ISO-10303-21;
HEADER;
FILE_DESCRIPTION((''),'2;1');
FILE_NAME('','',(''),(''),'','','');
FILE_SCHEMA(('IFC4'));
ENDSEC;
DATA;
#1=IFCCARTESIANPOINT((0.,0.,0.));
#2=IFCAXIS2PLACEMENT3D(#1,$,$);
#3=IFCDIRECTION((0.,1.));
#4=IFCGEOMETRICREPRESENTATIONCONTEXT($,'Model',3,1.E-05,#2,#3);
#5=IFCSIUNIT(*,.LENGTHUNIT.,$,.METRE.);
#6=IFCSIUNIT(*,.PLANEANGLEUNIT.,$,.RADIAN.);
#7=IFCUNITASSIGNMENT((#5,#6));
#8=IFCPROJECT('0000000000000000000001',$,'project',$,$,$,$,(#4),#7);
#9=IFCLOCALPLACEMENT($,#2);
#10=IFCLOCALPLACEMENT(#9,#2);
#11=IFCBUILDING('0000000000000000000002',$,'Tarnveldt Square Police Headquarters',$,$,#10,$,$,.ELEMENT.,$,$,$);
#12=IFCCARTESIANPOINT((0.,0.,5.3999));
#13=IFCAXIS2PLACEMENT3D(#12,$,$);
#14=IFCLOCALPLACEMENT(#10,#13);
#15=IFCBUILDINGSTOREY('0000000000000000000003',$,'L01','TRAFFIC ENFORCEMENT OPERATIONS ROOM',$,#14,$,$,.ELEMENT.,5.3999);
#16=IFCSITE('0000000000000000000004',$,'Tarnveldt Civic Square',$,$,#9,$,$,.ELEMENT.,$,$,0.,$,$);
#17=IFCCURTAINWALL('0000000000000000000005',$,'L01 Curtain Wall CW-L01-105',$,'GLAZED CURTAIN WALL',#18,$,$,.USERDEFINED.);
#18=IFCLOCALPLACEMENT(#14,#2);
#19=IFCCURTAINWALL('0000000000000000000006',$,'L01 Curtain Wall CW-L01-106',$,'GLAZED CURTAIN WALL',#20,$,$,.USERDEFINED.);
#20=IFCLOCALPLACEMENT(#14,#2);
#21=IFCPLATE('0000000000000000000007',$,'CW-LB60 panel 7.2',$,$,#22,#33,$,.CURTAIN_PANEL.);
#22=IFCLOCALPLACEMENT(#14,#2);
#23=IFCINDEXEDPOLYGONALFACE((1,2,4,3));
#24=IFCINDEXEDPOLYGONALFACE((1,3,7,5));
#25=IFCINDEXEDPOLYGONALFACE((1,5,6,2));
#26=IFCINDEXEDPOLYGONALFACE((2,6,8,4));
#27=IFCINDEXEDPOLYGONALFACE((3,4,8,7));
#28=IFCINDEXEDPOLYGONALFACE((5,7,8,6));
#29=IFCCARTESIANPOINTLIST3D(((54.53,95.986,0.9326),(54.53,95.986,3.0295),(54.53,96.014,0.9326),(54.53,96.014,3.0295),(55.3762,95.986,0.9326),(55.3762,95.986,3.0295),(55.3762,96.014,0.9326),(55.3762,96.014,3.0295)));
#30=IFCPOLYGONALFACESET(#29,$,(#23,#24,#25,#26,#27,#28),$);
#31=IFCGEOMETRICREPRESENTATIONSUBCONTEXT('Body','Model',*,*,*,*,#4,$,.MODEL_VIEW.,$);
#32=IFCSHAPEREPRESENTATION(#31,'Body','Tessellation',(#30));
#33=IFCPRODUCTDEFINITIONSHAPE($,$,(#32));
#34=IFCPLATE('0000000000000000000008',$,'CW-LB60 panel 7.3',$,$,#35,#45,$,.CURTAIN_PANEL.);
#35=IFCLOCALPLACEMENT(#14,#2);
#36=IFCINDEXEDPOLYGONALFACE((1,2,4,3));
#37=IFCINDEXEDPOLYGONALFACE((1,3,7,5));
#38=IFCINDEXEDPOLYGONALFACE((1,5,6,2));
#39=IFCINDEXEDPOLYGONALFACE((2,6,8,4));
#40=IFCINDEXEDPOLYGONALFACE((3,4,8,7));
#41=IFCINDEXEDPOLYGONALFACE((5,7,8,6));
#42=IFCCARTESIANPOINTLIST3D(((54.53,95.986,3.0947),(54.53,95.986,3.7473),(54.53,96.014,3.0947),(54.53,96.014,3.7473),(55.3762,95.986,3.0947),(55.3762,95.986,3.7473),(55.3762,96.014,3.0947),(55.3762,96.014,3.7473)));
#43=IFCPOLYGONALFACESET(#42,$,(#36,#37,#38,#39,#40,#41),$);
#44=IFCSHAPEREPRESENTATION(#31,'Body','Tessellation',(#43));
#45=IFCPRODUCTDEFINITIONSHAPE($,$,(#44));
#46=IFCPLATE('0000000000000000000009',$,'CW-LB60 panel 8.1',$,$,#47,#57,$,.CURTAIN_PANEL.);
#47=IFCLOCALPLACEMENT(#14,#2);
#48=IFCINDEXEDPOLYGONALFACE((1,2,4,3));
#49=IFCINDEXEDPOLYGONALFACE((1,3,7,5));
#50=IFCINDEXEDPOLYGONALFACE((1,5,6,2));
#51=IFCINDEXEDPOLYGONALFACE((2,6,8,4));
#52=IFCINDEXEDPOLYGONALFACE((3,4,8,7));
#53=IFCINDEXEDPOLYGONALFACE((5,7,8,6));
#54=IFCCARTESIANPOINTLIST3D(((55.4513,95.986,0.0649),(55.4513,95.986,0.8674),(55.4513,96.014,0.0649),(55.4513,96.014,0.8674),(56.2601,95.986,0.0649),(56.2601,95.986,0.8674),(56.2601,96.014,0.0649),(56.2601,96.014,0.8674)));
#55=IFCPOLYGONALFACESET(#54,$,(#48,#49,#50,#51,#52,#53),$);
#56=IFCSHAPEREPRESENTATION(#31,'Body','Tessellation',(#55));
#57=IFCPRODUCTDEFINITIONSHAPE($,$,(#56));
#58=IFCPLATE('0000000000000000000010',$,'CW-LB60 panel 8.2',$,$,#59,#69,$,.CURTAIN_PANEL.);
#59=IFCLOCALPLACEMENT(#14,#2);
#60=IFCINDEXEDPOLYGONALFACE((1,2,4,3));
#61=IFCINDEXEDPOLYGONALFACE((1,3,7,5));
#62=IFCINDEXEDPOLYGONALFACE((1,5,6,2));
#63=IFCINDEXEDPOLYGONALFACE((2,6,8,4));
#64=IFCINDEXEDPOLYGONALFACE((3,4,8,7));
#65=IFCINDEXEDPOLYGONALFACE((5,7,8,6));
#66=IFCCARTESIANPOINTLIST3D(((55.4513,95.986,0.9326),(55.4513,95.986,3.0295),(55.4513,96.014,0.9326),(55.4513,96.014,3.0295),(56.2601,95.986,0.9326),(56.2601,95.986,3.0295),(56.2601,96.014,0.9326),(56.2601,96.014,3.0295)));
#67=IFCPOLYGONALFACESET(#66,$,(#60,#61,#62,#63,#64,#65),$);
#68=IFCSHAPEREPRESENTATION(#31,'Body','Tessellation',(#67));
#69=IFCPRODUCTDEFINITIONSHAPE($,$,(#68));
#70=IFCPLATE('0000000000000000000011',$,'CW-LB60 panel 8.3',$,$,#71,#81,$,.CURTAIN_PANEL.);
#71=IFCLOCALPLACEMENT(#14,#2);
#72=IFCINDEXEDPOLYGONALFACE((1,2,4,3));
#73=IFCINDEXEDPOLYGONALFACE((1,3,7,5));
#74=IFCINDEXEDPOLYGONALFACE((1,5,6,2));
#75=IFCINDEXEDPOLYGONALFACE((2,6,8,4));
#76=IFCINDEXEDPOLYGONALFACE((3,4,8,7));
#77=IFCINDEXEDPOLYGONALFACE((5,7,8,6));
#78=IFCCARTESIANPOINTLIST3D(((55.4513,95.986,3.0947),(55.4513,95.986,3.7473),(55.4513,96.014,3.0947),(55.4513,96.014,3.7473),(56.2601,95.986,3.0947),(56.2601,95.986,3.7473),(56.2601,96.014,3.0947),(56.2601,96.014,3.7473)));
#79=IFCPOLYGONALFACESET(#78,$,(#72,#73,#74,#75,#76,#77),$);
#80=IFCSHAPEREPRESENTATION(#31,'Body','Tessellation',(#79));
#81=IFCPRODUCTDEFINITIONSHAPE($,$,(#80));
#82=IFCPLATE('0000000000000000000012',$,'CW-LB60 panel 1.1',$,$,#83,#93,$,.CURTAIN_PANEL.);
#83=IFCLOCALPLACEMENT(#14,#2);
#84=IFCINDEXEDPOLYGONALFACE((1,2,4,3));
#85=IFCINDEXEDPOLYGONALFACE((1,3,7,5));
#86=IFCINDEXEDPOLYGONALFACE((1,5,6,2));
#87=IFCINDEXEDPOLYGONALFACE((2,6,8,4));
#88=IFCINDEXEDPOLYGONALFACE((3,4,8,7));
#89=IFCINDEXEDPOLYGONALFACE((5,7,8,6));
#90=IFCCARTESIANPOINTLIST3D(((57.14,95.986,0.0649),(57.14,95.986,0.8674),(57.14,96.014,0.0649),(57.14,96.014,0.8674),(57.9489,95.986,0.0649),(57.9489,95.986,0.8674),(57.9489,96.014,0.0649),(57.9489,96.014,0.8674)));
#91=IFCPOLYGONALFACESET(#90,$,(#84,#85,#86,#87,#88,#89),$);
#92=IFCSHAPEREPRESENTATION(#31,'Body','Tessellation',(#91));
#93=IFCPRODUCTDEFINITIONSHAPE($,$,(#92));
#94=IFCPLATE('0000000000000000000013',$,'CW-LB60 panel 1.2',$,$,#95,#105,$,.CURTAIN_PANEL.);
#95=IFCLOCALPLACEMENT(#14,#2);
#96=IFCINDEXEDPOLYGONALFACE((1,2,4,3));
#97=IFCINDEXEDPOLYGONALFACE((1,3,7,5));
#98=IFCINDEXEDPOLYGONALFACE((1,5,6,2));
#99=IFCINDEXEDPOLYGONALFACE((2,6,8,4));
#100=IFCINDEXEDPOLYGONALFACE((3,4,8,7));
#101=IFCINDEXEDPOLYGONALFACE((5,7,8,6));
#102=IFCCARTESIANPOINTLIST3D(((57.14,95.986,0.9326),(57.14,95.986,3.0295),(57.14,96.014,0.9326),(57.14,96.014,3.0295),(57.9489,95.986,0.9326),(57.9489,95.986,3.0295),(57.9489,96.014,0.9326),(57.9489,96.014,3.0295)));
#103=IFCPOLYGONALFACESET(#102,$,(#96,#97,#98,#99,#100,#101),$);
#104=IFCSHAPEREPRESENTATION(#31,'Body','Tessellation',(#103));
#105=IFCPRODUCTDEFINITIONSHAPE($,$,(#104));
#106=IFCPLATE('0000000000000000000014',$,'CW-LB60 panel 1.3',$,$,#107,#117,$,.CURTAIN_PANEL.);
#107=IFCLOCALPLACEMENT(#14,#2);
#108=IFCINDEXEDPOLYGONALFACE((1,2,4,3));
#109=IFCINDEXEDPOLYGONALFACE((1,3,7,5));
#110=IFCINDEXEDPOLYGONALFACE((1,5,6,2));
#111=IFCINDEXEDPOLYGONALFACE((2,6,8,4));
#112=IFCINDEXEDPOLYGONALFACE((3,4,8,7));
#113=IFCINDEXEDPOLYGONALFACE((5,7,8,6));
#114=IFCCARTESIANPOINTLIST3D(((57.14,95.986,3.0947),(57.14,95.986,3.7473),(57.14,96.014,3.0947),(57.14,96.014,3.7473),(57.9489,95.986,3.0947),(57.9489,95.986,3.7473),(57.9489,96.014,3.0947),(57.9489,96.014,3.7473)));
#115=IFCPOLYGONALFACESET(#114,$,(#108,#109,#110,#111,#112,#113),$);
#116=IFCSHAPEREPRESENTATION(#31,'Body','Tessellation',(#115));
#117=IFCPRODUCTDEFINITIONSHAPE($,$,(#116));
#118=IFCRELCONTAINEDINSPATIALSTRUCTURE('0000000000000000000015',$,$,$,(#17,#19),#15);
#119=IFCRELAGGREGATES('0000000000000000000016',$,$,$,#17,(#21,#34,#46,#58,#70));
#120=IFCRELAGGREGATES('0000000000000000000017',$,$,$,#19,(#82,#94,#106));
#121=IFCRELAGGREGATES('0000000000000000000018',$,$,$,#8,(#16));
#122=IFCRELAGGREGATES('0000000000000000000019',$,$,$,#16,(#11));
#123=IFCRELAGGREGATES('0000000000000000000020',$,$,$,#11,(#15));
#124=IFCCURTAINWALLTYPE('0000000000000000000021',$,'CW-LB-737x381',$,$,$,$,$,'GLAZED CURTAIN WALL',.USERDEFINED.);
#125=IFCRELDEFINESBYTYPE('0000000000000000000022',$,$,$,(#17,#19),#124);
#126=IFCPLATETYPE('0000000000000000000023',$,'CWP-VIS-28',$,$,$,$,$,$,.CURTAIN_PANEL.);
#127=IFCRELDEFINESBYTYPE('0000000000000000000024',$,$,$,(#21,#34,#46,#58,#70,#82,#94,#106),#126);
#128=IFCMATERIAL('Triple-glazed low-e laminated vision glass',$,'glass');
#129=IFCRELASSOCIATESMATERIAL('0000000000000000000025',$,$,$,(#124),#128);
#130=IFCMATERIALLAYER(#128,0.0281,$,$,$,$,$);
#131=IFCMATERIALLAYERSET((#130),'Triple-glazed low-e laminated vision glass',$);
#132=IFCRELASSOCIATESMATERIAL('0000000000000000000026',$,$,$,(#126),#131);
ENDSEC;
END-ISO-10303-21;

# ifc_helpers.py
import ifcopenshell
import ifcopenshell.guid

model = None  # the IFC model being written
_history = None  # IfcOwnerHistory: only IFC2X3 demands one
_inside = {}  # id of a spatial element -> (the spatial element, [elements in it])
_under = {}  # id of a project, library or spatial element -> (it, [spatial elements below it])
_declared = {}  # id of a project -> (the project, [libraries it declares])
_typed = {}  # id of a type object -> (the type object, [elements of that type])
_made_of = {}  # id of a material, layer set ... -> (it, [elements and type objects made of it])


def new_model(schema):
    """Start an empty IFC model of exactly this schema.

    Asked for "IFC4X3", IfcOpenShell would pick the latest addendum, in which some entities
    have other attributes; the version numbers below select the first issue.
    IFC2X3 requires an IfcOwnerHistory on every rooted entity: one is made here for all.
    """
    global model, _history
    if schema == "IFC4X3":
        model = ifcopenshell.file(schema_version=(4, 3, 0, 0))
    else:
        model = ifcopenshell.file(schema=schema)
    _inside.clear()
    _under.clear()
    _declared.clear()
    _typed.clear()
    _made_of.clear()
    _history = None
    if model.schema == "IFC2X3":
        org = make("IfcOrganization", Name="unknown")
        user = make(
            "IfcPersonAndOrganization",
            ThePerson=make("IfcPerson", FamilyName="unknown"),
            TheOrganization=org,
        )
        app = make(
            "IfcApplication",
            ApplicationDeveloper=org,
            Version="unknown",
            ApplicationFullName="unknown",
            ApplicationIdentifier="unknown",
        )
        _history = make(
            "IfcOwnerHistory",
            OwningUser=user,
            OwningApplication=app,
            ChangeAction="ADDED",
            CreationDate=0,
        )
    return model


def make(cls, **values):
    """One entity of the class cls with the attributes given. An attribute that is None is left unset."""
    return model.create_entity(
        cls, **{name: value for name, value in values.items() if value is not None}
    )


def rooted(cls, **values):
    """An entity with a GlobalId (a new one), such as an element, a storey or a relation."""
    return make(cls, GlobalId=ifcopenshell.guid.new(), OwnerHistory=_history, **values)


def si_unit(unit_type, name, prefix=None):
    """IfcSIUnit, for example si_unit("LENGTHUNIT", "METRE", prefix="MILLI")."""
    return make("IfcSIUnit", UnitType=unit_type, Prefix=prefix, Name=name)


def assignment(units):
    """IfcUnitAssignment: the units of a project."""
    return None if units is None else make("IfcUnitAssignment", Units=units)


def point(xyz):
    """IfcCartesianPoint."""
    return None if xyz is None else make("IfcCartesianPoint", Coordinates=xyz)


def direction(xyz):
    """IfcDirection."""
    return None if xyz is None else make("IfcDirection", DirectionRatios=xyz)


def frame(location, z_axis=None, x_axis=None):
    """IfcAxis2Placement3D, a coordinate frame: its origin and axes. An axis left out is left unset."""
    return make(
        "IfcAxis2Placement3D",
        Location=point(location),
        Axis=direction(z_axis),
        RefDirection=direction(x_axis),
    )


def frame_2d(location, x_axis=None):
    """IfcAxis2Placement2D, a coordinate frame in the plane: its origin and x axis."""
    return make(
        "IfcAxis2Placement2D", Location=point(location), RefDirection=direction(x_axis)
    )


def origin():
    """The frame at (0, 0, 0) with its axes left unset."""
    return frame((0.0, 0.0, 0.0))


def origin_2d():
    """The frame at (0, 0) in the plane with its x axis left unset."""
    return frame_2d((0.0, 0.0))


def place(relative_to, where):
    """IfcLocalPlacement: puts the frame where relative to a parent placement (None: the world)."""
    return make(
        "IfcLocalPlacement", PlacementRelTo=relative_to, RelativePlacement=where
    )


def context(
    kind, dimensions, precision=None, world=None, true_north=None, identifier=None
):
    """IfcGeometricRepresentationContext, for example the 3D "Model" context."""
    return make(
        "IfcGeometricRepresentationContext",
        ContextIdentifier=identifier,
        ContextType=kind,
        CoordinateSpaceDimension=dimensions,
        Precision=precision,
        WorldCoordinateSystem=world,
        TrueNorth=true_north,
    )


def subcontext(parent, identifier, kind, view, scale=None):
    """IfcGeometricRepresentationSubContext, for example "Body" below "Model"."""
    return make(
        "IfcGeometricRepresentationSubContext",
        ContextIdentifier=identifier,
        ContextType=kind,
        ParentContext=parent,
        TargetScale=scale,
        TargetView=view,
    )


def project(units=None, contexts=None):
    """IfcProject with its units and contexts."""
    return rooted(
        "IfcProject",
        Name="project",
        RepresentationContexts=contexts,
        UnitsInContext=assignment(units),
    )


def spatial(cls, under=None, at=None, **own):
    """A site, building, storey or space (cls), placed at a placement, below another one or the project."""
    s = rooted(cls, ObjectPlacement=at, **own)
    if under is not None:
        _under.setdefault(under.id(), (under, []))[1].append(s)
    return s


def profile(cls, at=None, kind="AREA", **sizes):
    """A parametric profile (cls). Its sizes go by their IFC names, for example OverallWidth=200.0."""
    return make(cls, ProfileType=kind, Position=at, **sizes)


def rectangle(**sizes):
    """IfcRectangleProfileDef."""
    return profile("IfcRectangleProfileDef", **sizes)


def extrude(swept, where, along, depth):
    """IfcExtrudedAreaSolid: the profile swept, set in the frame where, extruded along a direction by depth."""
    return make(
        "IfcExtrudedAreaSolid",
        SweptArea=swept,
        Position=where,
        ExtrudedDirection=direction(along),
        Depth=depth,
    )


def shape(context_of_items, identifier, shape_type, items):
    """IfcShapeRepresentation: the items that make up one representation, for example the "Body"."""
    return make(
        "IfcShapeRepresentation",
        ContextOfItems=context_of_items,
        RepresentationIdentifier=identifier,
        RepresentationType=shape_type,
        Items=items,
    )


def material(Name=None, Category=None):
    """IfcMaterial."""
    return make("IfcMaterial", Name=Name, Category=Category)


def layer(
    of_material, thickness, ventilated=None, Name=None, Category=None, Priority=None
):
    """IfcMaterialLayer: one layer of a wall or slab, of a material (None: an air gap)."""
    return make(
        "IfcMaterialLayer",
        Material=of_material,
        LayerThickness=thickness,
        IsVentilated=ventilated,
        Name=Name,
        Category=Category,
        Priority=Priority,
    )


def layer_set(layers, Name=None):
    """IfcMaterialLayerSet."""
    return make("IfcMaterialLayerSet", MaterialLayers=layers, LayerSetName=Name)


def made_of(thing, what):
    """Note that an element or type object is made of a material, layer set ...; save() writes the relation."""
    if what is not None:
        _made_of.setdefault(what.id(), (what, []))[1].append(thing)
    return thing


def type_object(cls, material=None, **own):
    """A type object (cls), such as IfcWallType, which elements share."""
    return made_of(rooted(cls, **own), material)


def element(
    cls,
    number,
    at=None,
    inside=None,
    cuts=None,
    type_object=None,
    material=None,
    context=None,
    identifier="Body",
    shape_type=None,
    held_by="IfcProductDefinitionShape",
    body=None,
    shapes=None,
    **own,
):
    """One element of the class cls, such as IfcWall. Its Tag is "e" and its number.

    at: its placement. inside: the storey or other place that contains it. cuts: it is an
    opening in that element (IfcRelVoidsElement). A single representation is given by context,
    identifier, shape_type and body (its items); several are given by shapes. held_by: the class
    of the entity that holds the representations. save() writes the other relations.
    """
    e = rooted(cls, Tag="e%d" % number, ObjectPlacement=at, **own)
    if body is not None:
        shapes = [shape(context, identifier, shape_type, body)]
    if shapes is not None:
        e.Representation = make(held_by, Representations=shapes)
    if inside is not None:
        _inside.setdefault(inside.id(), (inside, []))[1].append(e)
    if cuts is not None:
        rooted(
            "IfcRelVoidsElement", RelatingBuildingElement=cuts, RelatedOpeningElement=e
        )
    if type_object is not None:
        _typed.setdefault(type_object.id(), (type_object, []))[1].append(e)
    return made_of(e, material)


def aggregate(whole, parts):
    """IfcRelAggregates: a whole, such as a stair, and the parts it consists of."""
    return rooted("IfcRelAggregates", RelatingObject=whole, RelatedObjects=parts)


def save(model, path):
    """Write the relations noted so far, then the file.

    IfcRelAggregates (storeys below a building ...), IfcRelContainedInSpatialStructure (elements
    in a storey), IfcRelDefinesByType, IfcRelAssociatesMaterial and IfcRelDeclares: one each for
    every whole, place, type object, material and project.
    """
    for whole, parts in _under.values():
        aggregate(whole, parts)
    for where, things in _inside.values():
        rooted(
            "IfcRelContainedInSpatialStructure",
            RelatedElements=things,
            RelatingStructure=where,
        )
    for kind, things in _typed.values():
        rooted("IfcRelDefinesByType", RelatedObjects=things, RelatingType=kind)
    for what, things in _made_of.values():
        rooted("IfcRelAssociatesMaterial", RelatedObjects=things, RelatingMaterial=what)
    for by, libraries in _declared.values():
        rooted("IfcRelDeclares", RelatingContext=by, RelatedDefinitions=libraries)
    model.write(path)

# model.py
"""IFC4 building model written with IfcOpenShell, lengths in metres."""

from ifc_helpers import new_model, si_unit, direction, frame, origin, origin_2d, place, context, subcontext, project, spatial, rectangle, extrude, material, layer, layer_set, type_object, element, aggregate, save


model = new_model("IFC4")

# Units and contexts
model_context = context("Model", 3, precision=1e-05, world=origin(), true_north=direction((0.0, 1.0)))
body_context = subcontext(model_context, "Body", "Model", "MODEL_VIEW")
ifc_project = project(units=[si_unit("LENGTHUNIT", "METRE"), si_unit("PLANEANGLEUNIT", "RADIAN")], contexts=[model_context])

# Site, building, storey
site_placement = place(None, origin())
site = spatial("IfcSite", under=ifc_project, at=site_placement, Name="Tarnveldt Civic Square", CompositionType="ELEMENT", RefElevation=0.0)
building_placement = place(site_placement, origin())
building = spatial("IfcBuilding", under=site, at=building_placement, Name="Tarnveldt Square Police Headquarters", CompositionType="ELEMENT")
storey_placement = place(building_placement, frame((0.0, 0.0, 5.3999)))
storey = spatial("IfcBuildingStorey", under=building, at=storey_placement, Name="L01", Description="TRAFFIC ENFORCEMENT OPERATIONS ROOM", CompositionType="ELEMENT", Elevation=5.3999)

# Curtain wall
ifc_material_1 = material(Name="Triple-glazed low-e laminated vision glass", Category="glass")
curtain_wall_type = type_object("IfcCurtainWallType", Name="CW-LB-737x381", ElementType="GLAZED CURTAIN WALL", PredefinedType="USERDEFINED", material=ifc_material_1)
curtain_wall_1_placement = place(storey_placement, origin())
curtain_wall_1 = element("IfcCurtainWall", 1, at=curtain_wall_1_placement, inside=storey, type_object=curtain_wall_type, Name="L01 Curtain Wall CW-L01-105", ObjectType="GLAZED CURTAIN WALL", PredefinedType="USERDEFINED")

# Curtain wall
curtain_wall_2_placement = place(storey_placement, origin())
curtain_wall_2 = element("IfcCurtainWall", 2, at=curtain_wall_2_placement, inside=storey, type_object=curtain_wall_type, Name="L01 Curtain Wall CW-L01-106", ObjectType="GLAZED CURTAIN WALL", PredefinedType="USERDEFINED")

# Plates
ifc_layer = layer(ifc_material_1, 0.0281)
ifc_layer_set = layer_set([ifc_layer], Name="Triple-glazed low-e laminated vision glass")
plate_type = type_object("IfcPlateType", Name="CWP-VIS-28", PredefinedType="CURTAIN_PANEL", material=ifc_layer_set)
plate_1_placement = place(storey_placement, frame((54.9531, 96.0, 0.9326), z_axis=(0.0, 0.0, 1.0), x_axis=(1.0, 0.0, 0.0)))
plate_1 = element("IfcPlate", 3, at=plate_1_placement, type_object=plate_type, Name="CW-LB60 panel 7.2", PredefinedType="CURTAIN_PANEL", context=body_context, shape_type="SweptSolid", body=[
    extrude(rectangle(XDim=0.8462, YDim=0.0281, at=origin_2d()), origin(), (0.0, 0.0, 1.0), 2.0969),
])
plate_2_placement = place(storey_placement, frame((54.9531, 96.0, 3.0947), z_axis=(0.0, 0.0, 1.0), x_axis=(1.0, 0.0, 0.0)))
plate_2 = element("IfcPlate", 4, at=plate_2_placement, type_object=plate_type, Name="CW-LB60 panel 7.3", PredefinedType="CURTAIN_PANEL", context=body_context, shape_type="SweptSolid", body=[
    extrude(rectangle(XDim=0.8462, YDim=0.0281, at=origin_2d()), origin(), (0.0, 0.0, 1.0), 0.6526),
])
plate_3_placement = place(storey_placement, frame((55.8557, 96.0, 0.0649), z_axis=(0.0, 0.0, 1.0), x_axis=(1.0, 0.0, 0.0)))
plate_3 = element("IfcPlate", 5, at=plate_3_placement, type_object=plate_type, Name="CW-LB60 panel 8.1", PredefinedType="CURTAIN_PANEL", context=body_context, shape_type="SweptSolid", body=[
    extrude(rectangle(XDim=0.8088, YDim=0.0281, at=origin_2d()), origin(), (0.0, 0.0, 1.0), 0.8025),
])
plate_4_placement = place(storey_placement, frame((55.8557, 96.0, 0.9326), z_axis=(0.0, 0.0, 1.0), x_axis=(1.0, 0.0, 0.0)))
plate_4 = element("IfcPlate", 6, at=plate_4_placement, type_object=plate_type, Name="CW-LB60 panel 8.2", PredefinedType="CURTAIN_PANEL", context=body_context, shape_type="SweptSolid", body=[
    extrude(rectangle(XDim=0.8088, YDim=0.0281, at=origin_2d()), origin(), (0.0, 0.0, 1.0), 2.0969),
])
plate_5_placement = place(storey_placement, frame((55.8557, 96.0, 3.0947), z_axis=(0.0, 0.0, 1.0), x_axis=(1.0, 0.0, 0.0)))
plate_5 = element("IfcPlate", 7, at=plate_5_placement, type_object=plate_type, Name="CW-LB60 panel 8.3", PredefinedType="CURTAIN_PANEL", context=body_context, shape_type="SweptSolid", body=[
    extrude(rectangle(XDim=0.8088, YDim=0.0281, at=origin_2d()), origin(), (0.0, 0.0, 1.0), 0.6526),
])
aggregate(curtain_wall_1, [plate_1, plate_2, plate_3, plate_4, plate_5])
plate_6_placement = place(storey_placement, frame((57.5444, 96.0, 0.0649), z_axis=(0.0, 0.0, 1.0), x_axis=(1.0, 0.0, 0.0)))
plate_6 = element("IfcPlate", 8, at=plate_6_placement, type_object=plate_type, Name="CW-LB60 panel 1.1", PredefinedType="CURTAIN_PANEL", context=body_context, shape_type="SweptSolid", body=[
    extrude(rectangle(XDim=0.8088, YDim=0.0281, at=origin_2d()), origin(), (0.0, 0.0, 1.0), 0.8025),
])
plate_7_placement = place(storey_placement, frame((57.5444, 96.0, 0.9326), z_axis=(0.0, 0.0, 1.0), x_axis=(1.0, 0.0, 0.0)))
plate_7 = element("IfcPlate", 9, at=plate_7_placement, type_object=plate_type, Name="CW-LB60 panel 1.2", PredefinedType="CURTAIN_PANEL", context=body_context, shape_type="SweptSolid", body=[
    extrude(rectangle(XDim=0.8088, YDim=0.0281, at=origin_2d()), origin(), (0.0, 0.0, 1.0), 2.0969),
])
plate_8_placement = place(storey_placement, frame((57.5444, 96.0, 3.0947), z_axis=(0.0, 0.0, 1.0), x_axis=(1.0, 0.0, 0.0)))
plate_8 = element("IfcPlate", 10, at=plate_8_placement, type_object=plate_type, Name="CW-LB60 panel 1.3", PredefinedType="CURTAIN_PANEL", context=body_context, shape_type="SweptSolid", body=[
    extrude(rectangle(XDim=0.8088, YDim=0.0281, at=origin_2d()), origin(), (0.0, 0.0, 1.0), 0.6526),
])
aggregate(curtain_wall_2, [plate_6, plate_7, plate_8])

save(model, "model.ifc")
